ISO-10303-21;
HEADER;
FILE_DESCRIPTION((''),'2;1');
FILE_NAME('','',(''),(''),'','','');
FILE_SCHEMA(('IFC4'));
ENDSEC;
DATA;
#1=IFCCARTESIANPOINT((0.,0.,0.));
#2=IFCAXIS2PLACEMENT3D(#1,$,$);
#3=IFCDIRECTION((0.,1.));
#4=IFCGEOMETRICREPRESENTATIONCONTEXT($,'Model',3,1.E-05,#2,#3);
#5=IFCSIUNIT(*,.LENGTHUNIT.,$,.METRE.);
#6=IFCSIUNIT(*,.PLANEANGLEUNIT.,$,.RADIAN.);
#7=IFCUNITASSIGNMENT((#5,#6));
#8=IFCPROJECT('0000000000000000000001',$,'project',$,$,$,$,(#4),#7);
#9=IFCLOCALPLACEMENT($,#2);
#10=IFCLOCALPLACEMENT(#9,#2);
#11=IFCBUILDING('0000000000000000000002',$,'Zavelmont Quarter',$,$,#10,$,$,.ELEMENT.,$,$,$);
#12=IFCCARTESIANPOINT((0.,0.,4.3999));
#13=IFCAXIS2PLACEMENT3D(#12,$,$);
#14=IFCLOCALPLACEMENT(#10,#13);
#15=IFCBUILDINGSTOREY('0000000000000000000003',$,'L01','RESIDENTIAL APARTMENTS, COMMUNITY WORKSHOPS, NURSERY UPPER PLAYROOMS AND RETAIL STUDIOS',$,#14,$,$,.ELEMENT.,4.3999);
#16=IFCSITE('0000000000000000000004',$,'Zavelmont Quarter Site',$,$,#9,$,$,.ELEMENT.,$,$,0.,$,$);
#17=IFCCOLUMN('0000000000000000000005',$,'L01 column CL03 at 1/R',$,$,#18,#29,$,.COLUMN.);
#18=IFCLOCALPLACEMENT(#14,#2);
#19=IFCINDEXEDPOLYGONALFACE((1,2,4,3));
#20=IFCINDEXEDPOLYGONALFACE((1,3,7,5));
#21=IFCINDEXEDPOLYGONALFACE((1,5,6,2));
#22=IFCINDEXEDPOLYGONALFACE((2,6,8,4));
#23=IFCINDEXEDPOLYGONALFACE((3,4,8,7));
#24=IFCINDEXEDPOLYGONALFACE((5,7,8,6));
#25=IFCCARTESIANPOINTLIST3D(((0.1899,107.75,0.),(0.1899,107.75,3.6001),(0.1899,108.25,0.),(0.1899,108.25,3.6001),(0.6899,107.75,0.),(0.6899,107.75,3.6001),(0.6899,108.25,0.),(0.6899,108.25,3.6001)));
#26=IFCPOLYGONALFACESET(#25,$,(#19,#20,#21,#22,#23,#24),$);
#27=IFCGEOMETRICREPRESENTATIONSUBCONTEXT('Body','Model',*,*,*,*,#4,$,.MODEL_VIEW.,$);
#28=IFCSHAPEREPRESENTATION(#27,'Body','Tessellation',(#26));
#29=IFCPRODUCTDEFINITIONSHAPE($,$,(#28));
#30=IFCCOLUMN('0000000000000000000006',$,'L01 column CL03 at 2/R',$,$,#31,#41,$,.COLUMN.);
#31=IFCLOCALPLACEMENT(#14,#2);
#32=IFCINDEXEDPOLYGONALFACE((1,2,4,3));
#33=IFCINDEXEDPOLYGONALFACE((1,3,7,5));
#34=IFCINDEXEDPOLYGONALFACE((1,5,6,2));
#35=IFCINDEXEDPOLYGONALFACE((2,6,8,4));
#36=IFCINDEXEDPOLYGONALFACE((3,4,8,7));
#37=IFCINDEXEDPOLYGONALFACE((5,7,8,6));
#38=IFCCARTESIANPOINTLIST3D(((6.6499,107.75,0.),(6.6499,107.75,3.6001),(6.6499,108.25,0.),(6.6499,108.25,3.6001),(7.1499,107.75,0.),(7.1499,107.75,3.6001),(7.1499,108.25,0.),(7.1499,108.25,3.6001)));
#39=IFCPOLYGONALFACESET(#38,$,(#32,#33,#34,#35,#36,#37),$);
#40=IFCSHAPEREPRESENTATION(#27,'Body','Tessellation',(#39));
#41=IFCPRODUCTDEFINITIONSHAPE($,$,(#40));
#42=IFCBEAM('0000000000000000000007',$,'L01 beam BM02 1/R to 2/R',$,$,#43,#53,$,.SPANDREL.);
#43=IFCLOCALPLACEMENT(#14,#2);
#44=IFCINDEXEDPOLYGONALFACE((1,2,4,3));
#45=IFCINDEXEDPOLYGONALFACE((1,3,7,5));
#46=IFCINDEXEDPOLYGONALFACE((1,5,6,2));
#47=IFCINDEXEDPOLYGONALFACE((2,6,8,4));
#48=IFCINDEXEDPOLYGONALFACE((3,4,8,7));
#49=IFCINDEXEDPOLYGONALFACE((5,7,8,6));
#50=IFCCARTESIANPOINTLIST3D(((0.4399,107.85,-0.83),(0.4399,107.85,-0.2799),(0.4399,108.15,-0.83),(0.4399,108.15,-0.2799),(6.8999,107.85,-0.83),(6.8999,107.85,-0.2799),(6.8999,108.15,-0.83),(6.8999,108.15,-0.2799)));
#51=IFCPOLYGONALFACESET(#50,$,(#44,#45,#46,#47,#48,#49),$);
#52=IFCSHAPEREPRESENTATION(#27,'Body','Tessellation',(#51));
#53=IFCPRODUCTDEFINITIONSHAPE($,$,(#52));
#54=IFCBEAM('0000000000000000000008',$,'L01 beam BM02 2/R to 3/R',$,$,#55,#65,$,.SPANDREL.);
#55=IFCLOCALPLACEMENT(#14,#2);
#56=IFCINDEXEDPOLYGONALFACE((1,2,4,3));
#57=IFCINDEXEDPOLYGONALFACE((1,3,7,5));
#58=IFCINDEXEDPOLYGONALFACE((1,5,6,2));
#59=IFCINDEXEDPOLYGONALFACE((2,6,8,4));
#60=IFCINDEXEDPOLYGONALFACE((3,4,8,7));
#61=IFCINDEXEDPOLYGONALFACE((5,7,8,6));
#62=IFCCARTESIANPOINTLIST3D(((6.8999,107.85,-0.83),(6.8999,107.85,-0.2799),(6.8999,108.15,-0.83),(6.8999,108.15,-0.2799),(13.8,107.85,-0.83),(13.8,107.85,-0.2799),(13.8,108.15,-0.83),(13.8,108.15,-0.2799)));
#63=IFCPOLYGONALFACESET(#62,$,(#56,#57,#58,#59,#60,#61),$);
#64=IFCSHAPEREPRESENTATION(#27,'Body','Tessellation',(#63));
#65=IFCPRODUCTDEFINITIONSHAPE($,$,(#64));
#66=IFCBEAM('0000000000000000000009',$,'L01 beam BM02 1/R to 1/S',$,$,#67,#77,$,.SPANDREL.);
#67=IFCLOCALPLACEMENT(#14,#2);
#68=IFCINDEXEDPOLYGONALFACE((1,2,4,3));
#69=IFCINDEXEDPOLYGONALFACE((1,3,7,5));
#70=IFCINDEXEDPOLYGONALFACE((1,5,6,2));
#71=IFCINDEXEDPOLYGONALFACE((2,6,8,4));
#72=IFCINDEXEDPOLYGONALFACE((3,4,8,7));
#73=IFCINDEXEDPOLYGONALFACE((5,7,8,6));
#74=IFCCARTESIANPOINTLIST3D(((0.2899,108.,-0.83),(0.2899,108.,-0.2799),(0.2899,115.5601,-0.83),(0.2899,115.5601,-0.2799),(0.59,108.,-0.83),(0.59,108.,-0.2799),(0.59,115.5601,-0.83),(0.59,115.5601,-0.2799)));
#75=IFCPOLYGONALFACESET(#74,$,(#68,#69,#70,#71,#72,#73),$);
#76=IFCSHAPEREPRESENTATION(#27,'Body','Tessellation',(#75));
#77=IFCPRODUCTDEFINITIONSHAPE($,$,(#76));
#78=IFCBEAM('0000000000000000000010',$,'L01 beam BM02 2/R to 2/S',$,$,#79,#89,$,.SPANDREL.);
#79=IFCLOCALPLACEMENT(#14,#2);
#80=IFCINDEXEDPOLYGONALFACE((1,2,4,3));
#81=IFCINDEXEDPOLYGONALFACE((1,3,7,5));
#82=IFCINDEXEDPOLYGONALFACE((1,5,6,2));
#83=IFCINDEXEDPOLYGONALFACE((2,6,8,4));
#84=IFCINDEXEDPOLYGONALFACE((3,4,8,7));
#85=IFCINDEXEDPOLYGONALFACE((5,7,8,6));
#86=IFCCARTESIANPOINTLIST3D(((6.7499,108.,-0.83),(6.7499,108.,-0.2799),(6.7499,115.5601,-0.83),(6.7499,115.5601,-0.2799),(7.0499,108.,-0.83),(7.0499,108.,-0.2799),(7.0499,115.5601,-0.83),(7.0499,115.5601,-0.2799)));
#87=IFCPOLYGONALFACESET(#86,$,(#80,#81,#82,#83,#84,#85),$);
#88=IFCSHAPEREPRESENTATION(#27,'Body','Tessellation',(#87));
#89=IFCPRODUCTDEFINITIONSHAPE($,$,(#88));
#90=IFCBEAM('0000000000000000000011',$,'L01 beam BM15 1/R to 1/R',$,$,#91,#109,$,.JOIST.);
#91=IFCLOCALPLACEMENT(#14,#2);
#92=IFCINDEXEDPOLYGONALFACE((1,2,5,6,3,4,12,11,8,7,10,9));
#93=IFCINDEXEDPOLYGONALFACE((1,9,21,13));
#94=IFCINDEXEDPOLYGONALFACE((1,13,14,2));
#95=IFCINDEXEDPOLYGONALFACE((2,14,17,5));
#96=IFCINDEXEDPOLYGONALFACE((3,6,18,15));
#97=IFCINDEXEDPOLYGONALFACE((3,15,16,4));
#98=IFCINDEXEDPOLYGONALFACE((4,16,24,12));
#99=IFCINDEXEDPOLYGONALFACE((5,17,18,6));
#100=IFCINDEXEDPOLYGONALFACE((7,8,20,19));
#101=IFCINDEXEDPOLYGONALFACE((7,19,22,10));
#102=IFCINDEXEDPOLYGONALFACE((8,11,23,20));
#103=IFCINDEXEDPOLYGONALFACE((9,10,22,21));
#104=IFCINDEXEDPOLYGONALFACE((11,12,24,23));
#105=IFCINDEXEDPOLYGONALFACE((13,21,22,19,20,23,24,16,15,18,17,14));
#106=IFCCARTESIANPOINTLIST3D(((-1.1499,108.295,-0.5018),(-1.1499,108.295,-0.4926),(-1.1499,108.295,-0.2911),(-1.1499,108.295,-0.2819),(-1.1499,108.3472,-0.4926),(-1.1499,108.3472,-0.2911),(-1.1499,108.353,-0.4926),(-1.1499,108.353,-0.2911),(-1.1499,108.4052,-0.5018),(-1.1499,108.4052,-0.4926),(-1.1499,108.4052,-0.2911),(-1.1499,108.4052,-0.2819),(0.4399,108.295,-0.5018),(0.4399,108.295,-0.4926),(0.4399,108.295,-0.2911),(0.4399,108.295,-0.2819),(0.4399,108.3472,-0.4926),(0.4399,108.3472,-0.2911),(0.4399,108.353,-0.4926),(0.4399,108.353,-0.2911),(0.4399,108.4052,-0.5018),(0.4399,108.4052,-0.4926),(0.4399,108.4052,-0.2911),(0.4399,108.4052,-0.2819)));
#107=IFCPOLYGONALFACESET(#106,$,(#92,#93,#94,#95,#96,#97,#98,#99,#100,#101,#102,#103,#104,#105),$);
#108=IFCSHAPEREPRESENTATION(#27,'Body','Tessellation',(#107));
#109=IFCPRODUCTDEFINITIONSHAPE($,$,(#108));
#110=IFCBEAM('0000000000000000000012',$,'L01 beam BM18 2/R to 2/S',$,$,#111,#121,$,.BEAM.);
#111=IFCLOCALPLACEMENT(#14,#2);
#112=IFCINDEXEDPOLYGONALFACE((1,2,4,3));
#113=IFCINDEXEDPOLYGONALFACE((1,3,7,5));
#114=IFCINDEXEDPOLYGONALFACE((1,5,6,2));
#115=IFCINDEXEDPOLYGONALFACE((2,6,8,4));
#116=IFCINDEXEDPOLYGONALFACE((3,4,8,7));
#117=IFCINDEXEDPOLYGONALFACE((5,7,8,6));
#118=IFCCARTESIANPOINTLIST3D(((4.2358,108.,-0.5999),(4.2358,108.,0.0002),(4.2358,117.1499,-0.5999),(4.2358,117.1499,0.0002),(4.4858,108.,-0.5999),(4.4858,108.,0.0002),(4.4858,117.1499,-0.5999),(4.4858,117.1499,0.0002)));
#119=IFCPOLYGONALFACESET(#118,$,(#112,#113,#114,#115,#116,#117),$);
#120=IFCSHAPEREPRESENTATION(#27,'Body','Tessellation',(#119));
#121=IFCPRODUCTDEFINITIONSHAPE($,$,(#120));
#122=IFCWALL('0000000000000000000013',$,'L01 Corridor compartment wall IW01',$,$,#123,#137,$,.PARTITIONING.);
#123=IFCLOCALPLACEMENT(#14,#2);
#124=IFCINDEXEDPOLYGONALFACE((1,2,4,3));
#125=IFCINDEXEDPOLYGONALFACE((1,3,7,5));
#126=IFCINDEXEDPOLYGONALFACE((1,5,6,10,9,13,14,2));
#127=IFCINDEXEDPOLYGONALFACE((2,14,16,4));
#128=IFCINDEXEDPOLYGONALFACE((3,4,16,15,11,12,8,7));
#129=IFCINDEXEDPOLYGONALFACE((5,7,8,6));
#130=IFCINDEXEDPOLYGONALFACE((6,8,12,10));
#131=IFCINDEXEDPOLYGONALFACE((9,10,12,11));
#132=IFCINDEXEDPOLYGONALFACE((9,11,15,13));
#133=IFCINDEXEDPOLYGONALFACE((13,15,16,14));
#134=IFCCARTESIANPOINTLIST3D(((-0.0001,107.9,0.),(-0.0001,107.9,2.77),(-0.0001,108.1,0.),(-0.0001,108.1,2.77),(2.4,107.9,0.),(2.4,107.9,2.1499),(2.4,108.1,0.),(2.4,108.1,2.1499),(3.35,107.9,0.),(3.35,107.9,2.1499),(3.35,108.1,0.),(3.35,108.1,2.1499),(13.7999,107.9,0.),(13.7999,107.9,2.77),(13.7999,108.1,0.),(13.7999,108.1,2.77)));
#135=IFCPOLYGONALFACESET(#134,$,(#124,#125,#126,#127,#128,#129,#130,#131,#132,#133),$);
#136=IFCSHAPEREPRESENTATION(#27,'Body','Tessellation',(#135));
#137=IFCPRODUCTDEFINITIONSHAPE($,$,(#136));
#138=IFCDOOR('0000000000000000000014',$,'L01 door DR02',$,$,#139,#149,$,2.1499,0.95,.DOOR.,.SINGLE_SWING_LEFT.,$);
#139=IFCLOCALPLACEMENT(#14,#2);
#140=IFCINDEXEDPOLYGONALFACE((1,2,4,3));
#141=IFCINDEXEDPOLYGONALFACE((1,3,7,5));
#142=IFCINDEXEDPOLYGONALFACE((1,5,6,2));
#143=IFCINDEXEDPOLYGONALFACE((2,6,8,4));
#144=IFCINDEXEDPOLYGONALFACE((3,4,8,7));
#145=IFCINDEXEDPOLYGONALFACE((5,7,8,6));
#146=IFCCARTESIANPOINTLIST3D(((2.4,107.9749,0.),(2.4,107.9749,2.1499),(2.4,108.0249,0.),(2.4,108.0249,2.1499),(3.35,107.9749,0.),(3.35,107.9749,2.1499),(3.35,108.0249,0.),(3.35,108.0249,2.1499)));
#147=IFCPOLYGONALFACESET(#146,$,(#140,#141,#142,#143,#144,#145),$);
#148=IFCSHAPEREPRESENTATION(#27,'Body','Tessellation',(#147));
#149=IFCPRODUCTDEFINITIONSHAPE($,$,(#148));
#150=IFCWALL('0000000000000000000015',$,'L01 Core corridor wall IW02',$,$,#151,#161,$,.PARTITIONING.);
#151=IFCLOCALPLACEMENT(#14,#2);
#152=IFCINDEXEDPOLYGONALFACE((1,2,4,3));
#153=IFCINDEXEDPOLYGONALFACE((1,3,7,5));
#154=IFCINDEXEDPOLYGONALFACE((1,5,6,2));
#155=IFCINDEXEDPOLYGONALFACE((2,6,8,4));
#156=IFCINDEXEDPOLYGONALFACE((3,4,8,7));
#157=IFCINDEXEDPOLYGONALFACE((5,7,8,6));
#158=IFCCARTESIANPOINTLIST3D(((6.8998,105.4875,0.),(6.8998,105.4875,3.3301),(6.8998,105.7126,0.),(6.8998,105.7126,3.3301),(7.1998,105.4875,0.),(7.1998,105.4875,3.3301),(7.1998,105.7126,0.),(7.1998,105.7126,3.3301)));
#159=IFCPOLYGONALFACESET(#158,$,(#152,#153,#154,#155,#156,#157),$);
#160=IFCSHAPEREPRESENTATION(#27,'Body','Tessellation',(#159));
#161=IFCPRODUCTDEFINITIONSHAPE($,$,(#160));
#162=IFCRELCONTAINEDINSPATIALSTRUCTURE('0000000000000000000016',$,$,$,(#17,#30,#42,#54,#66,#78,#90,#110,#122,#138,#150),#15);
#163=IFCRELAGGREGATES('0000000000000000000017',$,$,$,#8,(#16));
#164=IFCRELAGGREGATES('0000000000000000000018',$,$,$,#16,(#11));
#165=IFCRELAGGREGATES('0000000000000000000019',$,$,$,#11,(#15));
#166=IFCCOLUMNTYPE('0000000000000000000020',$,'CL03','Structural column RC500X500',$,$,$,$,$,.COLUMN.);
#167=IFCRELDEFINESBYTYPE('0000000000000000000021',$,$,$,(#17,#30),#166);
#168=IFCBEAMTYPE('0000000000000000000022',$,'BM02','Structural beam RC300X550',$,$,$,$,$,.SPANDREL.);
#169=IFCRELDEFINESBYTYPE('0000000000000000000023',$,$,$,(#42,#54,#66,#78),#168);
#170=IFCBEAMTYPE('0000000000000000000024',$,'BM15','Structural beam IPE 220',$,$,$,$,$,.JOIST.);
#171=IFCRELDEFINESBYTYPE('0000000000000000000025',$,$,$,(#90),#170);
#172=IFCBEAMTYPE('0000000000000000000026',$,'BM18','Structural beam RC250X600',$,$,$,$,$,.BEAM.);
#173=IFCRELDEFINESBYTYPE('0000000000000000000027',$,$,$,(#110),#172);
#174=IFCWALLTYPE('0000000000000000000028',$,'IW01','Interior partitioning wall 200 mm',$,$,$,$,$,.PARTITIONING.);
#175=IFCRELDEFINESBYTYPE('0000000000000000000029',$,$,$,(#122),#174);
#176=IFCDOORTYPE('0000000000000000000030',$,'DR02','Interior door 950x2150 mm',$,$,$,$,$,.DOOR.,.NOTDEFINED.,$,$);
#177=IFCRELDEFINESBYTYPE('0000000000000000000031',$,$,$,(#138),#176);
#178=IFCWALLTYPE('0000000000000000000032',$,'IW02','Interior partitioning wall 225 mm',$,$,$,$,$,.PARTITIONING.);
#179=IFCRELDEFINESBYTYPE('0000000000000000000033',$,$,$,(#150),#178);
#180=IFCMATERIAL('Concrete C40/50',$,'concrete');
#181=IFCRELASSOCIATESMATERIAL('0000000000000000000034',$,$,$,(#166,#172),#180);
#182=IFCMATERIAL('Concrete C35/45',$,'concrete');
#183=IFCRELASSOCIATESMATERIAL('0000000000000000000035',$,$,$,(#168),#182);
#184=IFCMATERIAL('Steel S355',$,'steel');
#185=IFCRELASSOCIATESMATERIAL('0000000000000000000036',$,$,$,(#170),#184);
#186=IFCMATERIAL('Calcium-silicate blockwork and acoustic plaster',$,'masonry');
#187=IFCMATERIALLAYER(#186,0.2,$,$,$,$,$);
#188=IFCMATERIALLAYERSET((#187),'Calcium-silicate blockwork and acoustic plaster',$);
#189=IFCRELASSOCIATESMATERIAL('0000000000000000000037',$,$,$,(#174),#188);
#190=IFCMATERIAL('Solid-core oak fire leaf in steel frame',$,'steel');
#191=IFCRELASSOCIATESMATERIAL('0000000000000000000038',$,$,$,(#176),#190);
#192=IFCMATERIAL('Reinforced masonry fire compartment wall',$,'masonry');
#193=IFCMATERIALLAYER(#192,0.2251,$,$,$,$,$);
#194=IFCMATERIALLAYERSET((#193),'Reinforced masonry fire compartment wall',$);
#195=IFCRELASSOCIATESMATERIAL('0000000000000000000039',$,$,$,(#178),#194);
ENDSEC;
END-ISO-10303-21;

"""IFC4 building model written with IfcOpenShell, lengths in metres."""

from ifc_helpers import new_model, si_unit, direction, frame, frame_2d, origin, origin_with_axes, origin_2d, place, context, subcontext, project, spatial, rectangle, i_section, extrude, material, layer, layer_set, material_profile, profile_set, type_object, element, fill, save


model = new_model("IFC4")

# Units and contexts
model_context = context("Model", 3, precision=1e-05, world=origin(), true_north=direction((0.0, 1.0)))
body_context = subcontext(model_context, "Body", "Model", "MODEL_VIEW")
ifc_project = project(units=[si_unit("LENGTHUNIT", "METRE"), si_unit("PLANEANGLEUNIT", "RADIAN")], contexts=[model_context])

# Site, building, storey
site_placement = place(None, origin())
site = spatial("IfcSite", under=ifc_project, at=site_placement, Name="Zavelmont Quarter Site", CompositionType="ELEMENT", RefElevation=0.0)
building_placement = place(site_placement, origin())
building = spatial("IfcBuilding", under=site, at=building_placement, Name="Zavelmont Quarter", CompositionType="ELEMENT")
storey_placement = place(building_placement, frame((0.0, 0.0, 4.3999)))
storey = spatial("IfcBuildingStorey", under=building, at=storey_placement, Name="L01", Description="RESIDENTIAL APARTMENTS, COMMUNITY WORKSHOPS, NURSERY UPPER PLAYROOMS AND RETAIL STUDIOS", CompositionType="ELEMENT", Elevation=4.3999)

# Columns
ifc_material_1 = material(Name="Concrete C40/50", Category="concrete")
ifc_material_profile_1 = material_profile(ifc_material_1, rectangle(XDim=0.5, YDim=0.5, at=origin_2d()), Name="RC500X500")
ifc_profile_set_1 = profile_set([ifc_material_profile_1], Name="Concrete C40/50")
column_type = type_object("IfcColumnType", Name="CL03", Description="Structural column RC500X500", PredefinedType="COLUMN", material=ifc_profile_set_1)
for number, where, z_axis, x_axis, name in (
    (1, (0.4399, 108.0, 0.0), (0.0, 0.0, 1.0), (1.0, 0.0, 0.0), "L01 column CL03 at 1/R"),
    (2, (6.8999, 108.0, 0.0), (0.0, 0.0, 1.0), (1.0, 0.0, 0.0), "L01 column CL03 at 2/R"),
):
    element("IfcColumn", number, at=place(storey_placement, frame(where, z_axis=z_axis, x_axis=x_axis)), inside=storey, type_object=column_type, Name=name, PredefinedType="COLUMN", context=body_context, shape_type="SweptSolid", body=[
        extrude(rectangle(XDim=0.5, YDim=0.5, at=origin_2d()), origin(), (0.0, 0.0, 1.0), 3.6001),
    ])

# Beams
ifc_material_2 = material(Name="Concrete C35/45", Category="concrete")
ifc_material_profile_2 = material_profile(ifc_material_2, rectangle(XDim=0.3, YDim=0.55, at=origin_2d()), Name="RC300X550")
ifc_profile_set_2 = profile_set([ifc_material_profile_2], Name="Concrete C35/45")
beam_type_1 = type_object("IfcBeamType", Name="BM02", Description="Structural beam RC300X550", PredefinedType="SPANDREL", material=ifc_profile_set_2)
beam_1_placement = place(storey_placement, frame((0.4399, 108.0, -0.5549), z_axis=(1.0, 0.0, 0.0), x_axis=(0.0, 1.0, 0.0)))
element("IfcBeam", 3, at=beam_1_placement, inside=storey, type_object=beam_type_1, Name="L01 beam BM02 1/R to 2/R", PredefinedType="SPANDREL", context=body_context, shape_type="SweptSolid", body=[
    extrude(rectangle(XDim=0.3, YDim=0.55, at=origin_2d()), origin(), (0.0, 0.0, 1.0), 6.46),
])
beam_2_placement = place(storey_placement, frame((6.8999, 108.0, -0.5549), z_axis=(1.0, 0.0, 0.0), x_axis=(0.0, 1.0, 0.0)))
element("IfcBeam", 4, at=beam_2_placement, inside=storey, type_object=beam_type_1, Name="L01 beam BM02 2/R to 3/R", PredefinedType="SPANDREL", context=body_context, shape_type="SweptSolid", body=[
    extrude(rectangle(XDim=0.3, YDim=0.55, at=origin_2d()), origin(), (0.0, 0.0, 1.0), 6.9001),
])
for number, where, z_axis, x_axis, name in (
    (5, (0.4399, 108.0, -0.5549), (0.0, 1.0, 0.0), (-1.0, 0.0, 0.0), "L01 beam BM02 1/R to 1/S"),
    (6, (6.8999, 108.0, -0.5549), (0.0, 1.0, 0.0), (-1.0, 0.0, 0.0), "L01 beam BM02 2/R to 2/S"),
):
    element("IfcBeam", number, at=place(storey_placement, frame(where, z_axis=z_axis, x_axis=x_axis)), inside=storey, type_object=beam_type_1, Name=name, PredefinedType="SPANDREL", context=body_context, shape_type="SweptSolid", body=[
        extrude(rectangle(XDim=0.3, YDim=0.55, at=origin_2d()), origin(), (0.0, 0.0, 1.0), 7.5601),
    ])
ifc_material_3 = material(Name="Steel S355", Category="steel")
ifc_material_profile_3 = material_profile(ifc_material_3, i_section(OverallWidth=0.1101, OverallDepth=0.22, WebThickness=0.0059, FlangeThickness=0.0093, at=origin_2d()), Name="IPE 220")
ifc_profile_set_3 = profile_set([ifc_material_profile_3], Name="Steel S355")
beam_type_2 = type_object("IfcBeamType", Name="BM15", Description="Structural beam IPE 220", PredefinedType="JOIST", material=ifc_profile_set_3)
beam_3_placement = place(storey_placement, frame((0.4399, 108.3501, -0.3918), z_axis=(-1.0, 0.0, 0.0), x_axis=(0.0, -1.0, 0.0)))
element("IfcBeam", 7, at=beam_3_placement, inside=storey, type_object=beam_type_2, Name="L01 beam BM15 1/R to 1/R", PredefinedType="JOIST", context=body_context, shape_type="SweptSolid", body=[
    extrude(i_section(OverallWidth=0.1101, OverallDepth=0.22, WebThickness=0.0059, FlangeThickness=0.0093, at=origin_2d()), origin(), (0.0, 0.0, 1.0), 1.5898),
])
ifc_material_profile_4 = material_profile(ifc_material_1, rectangle(XDim=0.25, YDim=0.6001, at=origin_2d()), Name="RC250X600")
ifc_profile_set_4 = profile_set([ifc_material_profile_4], Name="Concrete C40/50")
beam_type_3 = type_object("IfcBeamType", Name="BM18", Description="Structural beam RC250X600", PredefinedType="BEAM", material=ifc_profile_set_4)
beam_4_placement = place(storey_placement, frame((4.3608, 108.0, -0.2998), z_axis=(0.0, 1.0, 0.0), x_axis=(-1.0, 0.0, 0.0)))
element("IfcBeam", 8, at=beam_4_placement, inside=storey, type_object=beam_type_3, Name="L01 beam BM18 2/R to 2/S", PredefinedType="BEAM", context=body_context, shape_type="SweptSolid", body=[
    extrude(rectangle(XDim=0.25, YDim=0.6001, at=origin_2d()), origin(), (0.0, 0.0, 1.0), 9.1499),
])

# Wall, opening, door
ifc_material_4 = material(Name="Calcium-silicate blockwork and acoustic plaster", Category="masonry")
ifc_layer_1 = layer(ifc_material_4, 0.2)
ifc_layer_set_1 = layer_set([ifc_layer_1], Name="Calcium-silicate blockwork and acoustic plaster")
wall_type_1 = type_object("IfcWallType", Name="IW01", Description="Interior partitioning wall 200 mm", PredefinedType="PARTITIONING", material=ifc_layer_set_1)
wall_1_placement = place(storey_placement, frame((0.0, 108.0, 0.0), z_axis=(0.0, 0.0, 1.0), x_axis=(1.0, 0.0, 0.0)))
wall_1 = element("IfcWall", 9, at=wall_1_placement, inside=storey, type_object=wall_type_1, Name="L01 Corridor compartment wall IW01", PredefinedType="PARTITIONING", context=body_context, shape_type="SweptSolid", body=[
    extrude(rectangle(XDim=13.8, YDim=0.2, at=frame_2d((6.8999, 0.0))), origin(), (0.0, 0.0, 1.0), 2.77),
])
opening_1_placement = place(wall_1_placement, frame((2.3999, 0.0, 0.0)))
opening_1 = element("IfcOpeningElement", 10, at=opening_1_placement, cuts=wall_1, PredefinedType="OPENING", context=body_context, shape_type="SweptSolid", body=[
    extrude(rectangle(XDim=0.95, YDim=2.1499, at=frame_2d((0.4751, 1.075))), frame((0.0, 0.1118, 0.0), z_axis=(0.0, -1.0, 0.0), x_axis=(1.0, 0.0, 0.0)), (0.0, 0.0, 1.0), 0.2239),
])
ifc_material_5 = material(Name="Solid-core oak fire leaf in steel frame", Category="steel")
door_type_1 = type_object("IfcDoorType", Name="DR02", Description="Interior door 950x2150 mm", OperationType="NOTDEFINED", PredefinedType="DOOR", material=ifc_material_5)
door_1_placement = place(opening_1_placement, origin_with_axes())
door_1 = element("IfcDoor", 11, at=door_1_placement, inside=storey, type_object=door_type_1, Name="L01 door DR02", OperationType="SINGLE_SWING_LEFT", OverallHeight=2.1499, OverallWidth=0.95, PredefinedType="DOOR", context=body_context, shape_type="SweptSolid", body=[
    extrude(rectangle(XDim=0.95, YDim=2.1499, at=frame_2d((0.4751, 1.075))), frame((0.0, 0.0249, 0.0), z_axis=(0.0, -1.0, 0.0), x_axis=(1.0, 0.0, 0.0)), (0.0, 0.0, 1.0), 0.05),
])
fill(opening_1, door_1)

# Wall
ifc_material_6 = material(Name="Reinforced masonry fire compartment wall", Category="masonry")
ifc_layer_2 = layer(ifc_material_6, 0.2251)
ifc_layer_set_2 = layer_set([ifc_layer_2], Name="Reinforced masonry fire compartment wall")
wall_type_2 = type_object("IfcWallType", Name="IW02", Description="Interior partitioning wall 225 mm", PredefinedType="PARTITIONING", material=ifc_layer_set_2)
wall_2_placement = place(storey_placement, frame((6.8999, 105.6001, 0.0), z_axis=(0.0, 0.0, 1.0), x_axis=(1.0, 0.0, 0.0)))
element("IfcWall", 12, at=wall_2_placement, inside=storey, type_object=wall_type_2, Name="L01 Core corridor wall IW02", PredefinedType="PARTITIONING", context=body_context, shape_type="SweptSolid", body=[
    extrude(rectangle(XDim=0.3, YDim=0.2251, at=frame_2d((0.1499, 0.0))), origin(), (0.0, 0.0, 1.0), 3.3301),
])

save(model, "model.ifc")
